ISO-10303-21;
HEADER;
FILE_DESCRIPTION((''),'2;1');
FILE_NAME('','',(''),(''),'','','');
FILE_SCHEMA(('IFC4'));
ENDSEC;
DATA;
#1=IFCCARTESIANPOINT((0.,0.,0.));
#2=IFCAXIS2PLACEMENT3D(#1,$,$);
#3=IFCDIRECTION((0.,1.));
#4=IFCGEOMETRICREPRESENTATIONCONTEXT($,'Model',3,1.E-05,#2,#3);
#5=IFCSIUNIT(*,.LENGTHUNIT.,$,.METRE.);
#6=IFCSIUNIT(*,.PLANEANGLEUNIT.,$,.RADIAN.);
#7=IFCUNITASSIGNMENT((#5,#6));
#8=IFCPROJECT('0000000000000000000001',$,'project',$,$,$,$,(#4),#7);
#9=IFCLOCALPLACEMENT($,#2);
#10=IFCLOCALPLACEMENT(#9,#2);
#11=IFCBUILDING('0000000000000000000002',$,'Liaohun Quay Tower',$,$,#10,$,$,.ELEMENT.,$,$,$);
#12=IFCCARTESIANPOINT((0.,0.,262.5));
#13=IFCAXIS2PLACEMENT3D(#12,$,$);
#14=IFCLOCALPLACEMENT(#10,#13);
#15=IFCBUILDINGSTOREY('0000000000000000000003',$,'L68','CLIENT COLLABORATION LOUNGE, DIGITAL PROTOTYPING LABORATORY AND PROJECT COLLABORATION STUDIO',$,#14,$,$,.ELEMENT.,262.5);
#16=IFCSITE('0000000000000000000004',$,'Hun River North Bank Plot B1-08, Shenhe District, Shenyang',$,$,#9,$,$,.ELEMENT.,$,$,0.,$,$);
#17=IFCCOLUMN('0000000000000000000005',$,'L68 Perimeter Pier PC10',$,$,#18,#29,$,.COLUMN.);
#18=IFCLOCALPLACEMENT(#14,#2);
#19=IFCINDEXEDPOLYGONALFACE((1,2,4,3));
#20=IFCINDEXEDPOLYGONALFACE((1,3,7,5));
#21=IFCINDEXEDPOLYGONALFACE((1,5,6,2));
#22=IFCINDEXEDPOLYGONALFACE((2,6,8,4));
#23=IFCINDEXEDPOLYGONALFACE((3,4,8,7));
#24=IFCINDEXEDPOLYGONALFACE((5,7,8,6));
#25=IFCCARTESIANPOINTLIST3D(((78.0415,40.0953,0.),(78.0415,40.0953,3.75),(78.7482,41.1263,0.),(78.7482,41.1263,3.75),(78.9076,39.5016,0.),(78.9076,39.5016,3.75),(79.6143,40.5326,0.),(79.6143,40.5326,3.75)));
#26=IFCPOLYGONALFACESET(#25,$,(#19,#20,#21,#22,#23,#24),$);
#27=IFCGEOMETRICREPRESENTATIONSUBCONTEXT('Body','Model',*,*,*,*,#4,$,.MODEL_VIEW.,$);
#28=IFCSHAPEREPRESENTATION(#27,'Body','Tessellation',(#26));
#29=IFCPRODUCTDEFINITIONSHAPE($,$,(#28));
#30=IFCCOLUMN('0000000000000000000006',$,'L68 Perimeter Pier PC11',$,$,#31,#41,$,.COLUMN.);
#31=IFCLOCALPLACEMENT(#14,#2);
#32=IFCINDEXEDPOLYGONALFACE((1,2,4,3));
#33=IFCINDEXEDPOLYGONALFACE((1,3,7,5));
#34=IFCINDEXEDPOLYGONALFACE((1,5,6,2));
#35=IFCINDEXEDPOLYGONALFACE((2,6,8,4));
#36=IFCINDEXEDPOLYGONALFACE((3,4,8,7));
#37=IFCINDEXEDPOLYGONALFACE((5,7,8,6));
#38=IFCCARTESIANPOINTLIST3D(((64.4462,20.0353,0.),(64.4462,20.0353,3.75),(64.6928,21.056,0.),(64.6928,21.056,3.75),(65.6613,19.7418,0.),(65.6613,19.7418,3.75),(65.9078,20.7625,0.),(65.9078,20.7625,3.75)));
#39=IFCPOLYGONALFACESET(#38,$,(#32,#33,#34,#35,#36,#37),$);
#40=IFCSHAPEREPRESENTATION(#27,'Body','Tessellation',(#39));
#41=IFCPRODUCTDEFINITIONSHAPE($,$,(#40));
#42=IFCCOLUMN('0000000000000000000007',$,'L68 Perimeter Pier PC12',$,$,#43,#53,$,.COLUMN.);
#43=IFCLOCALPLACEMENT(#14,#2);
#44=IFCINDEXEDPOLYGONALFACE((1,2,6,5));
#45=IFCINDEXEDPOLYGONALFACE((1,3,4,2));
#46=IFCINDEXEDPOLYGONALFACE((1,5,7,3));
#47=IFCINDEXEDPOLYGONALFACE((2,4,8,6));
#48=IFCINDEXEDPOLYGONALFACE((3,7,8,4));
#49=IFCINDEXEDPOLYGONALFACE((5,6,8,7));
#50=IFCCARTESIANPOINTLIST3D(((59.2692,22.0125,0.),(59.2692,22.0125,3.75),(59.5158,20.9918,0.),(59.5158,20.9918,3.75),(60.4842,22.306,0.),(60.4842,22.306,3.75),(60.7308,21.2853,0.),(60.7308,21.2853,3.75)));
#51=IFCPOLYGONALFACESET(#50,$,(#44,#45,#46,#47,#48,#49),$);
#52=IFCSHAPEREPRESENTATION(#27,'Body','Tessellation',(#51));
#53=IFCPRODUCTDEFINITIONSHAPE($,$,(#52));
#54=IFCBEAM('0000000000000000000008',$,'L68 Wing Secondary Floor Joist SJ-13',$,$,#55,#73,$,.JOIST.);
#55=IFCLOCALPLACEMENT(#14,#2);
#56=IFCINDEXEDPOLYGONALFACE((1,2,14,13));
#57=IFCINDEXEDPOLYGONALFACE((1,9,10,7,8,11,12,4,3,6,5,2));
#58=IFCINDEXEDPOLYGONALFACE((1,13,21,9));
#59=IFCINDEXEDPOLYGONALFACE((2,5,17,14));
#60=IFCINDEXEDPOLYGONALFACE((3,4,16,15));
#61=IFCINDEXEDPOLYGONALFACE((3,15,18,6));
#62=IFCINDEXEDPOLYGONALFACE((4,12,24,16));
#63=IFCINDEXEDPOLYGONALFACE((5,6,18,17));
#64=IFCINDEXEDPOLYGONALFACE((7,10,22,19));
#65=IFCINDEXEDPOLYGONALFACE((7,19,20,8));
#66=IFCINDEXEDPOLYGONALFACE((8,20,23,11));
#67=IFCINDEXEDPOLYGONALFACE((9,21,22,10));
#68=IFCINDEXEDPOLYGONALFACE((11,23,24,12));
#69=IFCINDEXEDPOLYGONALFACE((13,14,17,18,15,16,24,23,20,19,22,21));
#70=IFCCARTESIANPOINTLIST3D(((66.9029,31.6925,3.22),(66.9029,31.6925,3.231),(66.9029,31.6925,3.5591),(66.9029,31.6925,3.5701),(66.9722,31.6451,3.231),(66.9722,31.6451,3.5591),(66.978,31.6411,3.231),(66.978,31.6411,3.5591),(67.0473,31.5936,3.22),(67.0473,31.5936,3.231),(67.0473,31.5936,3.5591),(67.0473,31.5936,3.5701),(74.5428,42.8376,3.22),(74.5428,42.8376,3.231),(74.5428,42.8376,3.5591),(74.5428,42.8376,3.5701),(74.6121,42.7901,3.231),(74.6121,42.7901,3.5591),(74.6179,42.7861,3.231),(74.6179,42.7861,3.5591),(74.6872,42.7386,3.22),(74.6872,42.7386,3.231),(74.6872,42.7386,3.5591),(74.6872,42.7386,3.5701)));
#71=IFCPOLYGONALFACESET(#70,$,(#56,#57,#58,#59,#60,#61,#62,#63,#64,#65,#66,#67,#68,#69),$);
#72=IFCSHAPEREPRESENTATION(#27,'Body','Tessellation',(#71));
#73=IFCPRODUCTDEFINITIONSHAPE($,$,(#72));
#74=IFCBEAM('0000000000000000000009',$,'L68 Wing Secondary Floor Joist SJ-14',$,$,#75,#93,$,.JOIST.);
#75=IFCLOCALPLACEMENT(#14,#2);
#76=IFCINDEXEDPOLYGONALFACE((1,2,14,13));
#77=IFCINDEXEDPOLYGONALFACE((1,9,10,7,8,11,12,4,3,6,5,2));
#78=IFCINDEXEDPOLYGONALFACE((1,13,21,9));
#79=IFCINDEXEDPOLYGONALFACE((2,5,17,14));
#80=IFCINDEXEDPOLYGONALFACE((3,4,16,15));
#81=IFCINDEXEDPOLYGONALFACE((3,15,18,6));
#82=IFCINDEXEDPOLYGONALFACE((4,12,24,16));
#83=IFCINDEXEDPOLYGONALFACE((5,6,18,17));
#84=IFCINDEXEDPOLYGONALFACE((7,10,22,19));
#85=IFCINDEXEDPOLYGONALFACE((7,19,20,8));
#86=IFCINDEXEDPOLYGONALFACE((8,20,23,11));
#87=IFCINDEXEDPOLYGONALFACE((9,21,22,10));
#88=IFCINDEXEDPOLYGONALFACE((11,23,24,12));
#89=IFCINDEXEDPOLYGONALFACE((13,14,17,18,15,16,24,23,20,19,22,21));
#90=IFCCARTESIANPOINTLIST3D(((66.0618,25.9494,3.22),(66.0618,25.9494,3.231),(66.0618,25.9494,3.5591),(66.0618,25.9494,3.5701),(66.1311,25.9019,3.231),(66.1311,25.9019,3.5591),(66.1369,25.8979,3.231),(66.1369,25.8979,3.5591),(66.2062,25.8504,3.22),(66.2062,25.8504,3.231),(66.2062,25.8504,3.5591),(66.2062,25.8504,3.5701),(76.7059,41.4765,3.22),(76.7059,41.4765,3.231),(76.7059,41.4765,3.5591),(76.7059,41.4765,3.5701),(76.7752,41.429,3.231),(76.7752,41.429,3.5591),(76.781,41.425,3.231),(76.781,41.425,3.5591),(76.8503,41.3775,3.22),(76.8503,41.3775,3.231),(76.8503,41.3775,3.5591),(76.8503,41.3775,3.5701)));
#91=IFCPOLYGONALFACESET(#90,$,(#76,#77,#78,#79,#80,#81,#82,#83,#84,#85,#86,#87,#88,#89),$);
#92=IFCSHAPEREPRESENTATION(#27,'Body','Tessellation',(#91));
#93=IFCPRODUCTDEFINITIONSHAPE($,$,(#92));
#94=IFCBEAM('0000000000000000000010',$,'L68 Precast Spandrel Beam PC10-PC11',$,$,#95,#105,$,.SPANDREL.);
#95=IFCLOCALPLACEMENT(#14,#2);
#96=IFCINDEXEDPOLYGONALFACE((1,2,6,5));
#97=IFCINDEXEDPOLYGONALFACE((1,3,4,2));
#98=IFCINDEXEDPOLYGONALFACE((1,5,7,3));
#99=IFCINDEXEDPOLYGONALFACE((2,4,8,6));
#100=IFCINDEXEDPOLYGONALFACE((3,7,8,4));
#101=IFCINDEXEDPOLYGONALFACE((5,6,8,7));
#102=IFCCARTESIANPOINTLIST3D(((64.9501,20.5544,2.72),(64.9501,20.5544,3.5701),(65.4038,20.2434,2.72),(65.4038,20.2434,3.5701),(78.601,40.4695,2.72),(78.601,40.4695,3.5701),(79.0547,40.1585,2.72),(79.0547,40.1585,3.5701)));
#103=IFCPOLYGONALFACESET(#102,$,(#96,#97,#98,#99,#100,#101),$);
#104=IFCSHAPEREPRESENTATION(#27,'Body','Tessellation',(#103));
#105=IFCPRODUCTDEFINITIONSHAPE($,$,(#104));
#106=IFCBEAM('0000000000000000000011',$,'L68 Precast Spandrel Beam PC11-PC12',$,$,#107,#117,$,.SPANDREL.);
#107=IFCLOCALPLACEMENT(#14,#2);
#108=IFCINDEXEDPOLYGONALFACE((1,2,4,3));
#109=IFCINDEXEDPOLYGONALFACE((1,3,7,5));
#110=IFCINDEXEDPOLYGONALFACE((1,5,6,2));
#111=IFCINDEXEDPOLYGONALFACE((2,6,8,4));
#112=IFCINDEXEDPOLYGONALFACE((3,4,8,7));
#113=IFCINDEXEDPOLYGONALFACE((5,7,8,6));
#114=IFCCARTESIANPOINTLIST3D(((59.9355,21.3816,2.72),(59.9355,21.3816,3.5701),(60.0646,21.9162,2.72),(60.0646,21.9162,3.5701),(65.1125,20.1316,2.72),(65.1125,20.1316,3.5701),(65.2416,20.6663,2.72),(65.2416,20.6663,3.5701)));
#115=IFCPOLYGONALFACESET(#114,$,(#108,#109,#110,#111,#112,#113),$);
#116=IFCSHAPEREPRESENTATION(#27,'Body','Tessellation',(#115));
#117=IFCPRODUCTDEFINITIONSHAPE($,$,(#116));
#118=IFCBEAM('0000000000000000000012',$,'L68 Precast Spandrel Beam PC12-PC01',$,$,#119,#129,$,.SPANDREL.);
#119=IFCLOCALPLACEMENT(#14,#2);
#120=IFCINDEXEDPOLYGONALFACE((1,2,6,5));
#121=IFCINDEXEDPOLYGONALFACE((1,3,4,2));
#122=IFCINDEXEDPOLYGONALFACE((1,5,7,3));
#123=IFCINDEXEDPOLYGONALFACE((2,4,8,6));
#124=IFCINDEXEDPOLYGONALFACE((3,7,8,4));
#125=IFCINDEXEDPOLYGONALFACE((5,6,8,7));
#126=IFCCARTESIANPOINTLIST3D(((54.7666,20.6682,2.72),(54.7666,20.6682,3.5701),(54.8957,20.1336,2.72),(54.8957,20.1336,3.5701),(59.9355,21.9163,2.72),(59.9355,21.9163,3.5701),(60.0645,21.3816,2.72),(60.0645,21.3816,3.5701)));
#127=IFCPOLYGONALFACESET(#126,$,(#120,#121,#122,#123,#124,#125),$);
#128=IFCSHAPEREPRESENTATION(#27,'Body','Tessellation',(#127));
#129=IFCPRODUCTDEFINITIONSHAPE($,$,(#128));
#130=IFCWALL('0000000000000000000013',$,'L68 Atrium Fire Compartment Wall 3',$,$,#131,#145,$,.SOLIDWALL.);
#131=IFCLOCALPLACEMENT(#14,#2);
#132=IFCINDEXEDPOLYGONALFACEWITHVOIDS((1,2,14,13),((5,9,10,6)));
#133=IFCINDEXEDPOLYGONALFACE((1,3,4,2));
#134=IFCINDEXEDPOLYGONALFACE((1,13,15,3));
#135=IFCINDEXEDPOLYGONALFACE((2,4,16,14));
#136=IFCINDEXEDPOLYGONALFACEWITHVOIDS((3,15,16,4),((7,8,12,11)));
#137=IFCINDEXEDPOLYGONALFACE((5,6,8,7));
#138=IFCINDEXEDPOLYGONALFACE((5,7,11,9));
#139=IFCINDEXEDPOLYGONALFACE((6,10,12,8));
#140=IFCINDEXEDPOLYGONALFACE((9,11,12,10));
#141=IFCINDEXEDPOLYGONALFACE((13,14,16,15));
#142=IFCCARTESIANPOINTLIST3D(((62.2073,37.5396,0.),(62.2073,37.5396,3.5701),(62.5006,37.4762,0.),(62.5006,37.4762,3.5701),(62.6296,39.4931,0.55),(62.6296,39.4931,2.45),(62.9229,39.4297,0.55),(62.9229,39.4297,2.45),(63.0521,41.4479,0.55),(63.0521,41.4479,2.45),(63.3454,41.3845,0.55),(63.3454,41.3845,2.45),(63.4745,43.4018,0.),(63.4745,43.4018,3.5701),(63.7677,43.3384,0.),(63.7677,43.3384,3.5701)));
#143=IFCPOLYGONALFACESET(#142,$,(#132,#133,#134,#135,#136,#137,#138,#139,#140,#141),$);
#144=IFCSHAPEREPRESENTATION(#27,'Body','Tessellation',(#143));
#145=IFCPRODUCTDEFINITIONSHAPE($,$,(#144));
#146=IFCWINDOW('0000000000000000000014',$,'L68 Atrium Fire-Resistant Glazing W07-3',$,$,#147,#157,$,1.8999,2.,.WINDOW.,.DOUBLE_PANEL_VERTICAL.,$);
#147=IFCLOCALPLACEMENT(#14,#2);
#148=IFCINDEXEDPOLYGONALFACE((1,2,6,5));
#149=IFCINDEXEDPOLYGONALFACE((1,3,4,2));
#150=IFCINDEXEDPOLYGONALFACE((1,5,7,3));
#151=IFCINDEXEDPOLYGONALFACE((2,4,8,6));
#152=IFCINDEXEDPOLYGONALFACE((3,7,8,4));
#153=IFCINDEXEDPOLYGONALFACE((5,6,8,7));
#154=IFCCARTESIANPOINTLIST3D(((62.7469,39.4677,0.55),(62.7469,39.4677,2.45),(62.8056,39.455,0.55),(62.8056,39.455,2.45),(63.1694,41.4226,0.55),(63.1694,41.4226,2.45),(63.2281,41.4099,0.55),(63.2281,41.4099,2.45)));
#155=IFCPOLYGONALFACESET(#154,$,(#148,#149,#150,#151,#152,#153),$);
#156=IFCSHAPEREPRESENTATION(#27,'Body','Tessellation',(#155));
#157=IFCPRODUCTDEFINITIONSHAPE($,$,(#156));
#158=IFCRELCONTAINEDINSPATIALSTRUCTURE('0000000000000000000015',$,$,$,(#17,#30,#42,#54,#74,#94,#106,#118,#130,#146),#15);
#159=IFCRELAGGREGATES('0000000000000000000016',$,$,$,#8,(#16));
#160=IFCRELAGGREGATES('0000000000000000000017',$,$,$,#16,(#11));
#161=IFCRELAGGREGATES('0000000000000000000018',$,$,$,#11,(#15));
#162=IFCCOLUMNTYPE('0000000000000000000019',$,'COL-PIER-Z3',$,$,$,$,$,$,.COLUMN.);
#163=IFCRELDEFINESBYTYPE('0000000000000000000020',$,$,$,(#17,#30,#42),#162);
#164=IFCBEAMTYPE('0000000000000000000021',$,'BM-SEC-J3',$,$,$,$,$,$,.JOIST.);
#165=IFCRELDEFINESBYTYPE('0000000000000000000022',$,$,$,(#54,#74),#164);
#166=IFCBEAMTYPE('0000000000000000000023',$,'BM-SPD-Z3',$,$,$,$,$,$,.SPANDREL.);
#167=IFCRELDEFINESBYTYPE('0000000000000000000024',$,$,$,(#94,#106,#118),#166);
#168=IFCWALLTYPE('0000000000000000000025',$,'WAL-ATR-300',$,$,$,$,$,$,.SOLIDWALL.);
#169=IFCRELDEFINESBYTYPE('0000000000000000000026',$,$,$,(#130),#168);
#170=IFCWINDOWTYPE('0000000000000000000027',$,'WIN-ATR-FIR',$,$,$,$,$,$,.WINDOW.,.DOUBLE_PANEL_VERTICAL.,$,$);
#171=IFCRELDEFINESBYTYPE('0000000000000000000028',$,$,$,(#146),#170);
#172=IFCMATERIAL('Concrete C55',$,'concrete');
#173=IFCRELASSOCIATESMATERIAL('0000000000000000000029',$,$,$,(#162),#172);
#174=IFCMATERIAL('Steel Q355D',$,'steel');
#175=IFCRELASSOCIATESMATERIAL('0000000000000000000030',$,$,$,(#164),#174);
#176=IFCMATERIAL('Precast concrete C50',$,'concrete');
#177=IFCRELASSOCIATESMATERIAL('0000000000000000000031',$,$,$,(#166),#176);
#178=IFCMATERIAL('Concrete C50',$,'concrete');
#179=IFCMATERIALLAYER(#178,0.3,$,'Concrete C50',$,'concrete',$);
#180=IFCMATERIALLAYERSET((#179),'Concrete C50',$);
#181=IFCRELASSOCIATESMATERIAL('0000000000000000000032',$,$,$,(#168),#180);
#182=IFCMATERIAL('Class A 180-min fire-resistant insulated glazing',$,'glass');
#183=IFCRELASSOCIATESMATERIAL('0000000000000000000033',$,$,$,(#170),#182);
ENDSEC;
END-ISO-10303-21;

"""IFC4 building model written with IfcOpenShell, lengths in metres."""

from ifc_helpers import new_model, si_unit, direction, frame, frame_2d, origin, origin_2d, place, context, subcontext, project, spatial, rectangle, i_section, extrude, source, transform, mapped, material, layer, layer_set, material_profile, profile_set, type_object, element, fill, save


model = new_model("IFC4")

# Units and contexts
model_context = context("Model", 3, precision=1e-05, world=origin(), true_north=direction((0.0, 1.0)))
body_context = subcontext(model_context, "Body", "Model", "MODEL_VIEW")
ifc_project = project(units=[si_unit("LENGTHUNIT", "METRE"), si_unit("PLANEANGLEUNIT", "RADIAN")], contexts=[model_context])

# Site, building, storey
site_placement = place(None, origin())
site = spatial("IfcSite", under=ifc_project, at=site_placement, Name="Hun River North Bank Plot B1-08, Shenhe District, Shenyang", CompositionType="ELEMENT", RefElevation=0.0)
building_placement = place(site_placement, origin())
building = spatial("IfcBuilding", under=site, at=building_placement, Name="Liaohun Quay Tower", CompositionType="ELEMENT")
storey_placement = place(building_placement, frame((0.0, 0.0, 262.5)))
storey = spatial("IfcBuildingStorey", under=building, at=storey_placement, Name="L68", Description="CLIENT COLLABORATION LOUNGE, DIGITAL PROTOTYPING LABORATORY AND PROJECT COLLABORATION STUDIO", CompositionType="ELEMENT", Elevation=262.5)

# Columns
ifc_material_1 = material(Name="Concrete C55", Category="concrete")
ifc_material_profile_1 = material_profile(ifc_material_1, rectangle(XDim=1.25, YDim=1.05, at=origin_2d()), Name="RC1250x1050")
ifc_profile_set_1 = profile_set([ifc_material_profile_1], Name="Concrete C55")
column_type = type_object("IfcColumnType", Name="COL-PIER-Z3", PredefinedType="COLUMN", material=ifc_profile_set_1)
shared_shape_1 = source(origin(), body_context, "Body", "SweptSolid", [
    extrude(rectangle(XDim=1.25, YDim=1.05, at=origin_2d()), origin(), (0.0, 0.0, 1.0), 3.75),
])
for number, where, z_axis, x_axis, name in (
    (1, (78.8279, 40.314, 0.0), (0.0, 0.0, 1.0), (0.565399, 0.824818, 0.0), "L68 Perimeter Pier PC10"),
    (2, (65.177, 20.3989, 0.0), (0.0, 0.0, 1.0), (-0.972043, 0.234803, 0.0), "L68 Perimeter Pier PC11"),
    (3, (60.0, 21.6489, 0.0), (0.0, 0.0, 1.0), (0.972043, 0.234803, 0.0), "L68 Perimeter Pier PC12"),
):
    element("IfcColumn", number, at=place(storey_placement, frame(where, z_axis=z_axis, x_axis=x_axis)), inside=storey, type_object=column_type, Name=name, PredefinedType="COLUMN", context=body_context, shape_type="MappedRepresentation", body=[
        mapped(shared_shape_1, transform((0.0, 0.0, 0.0), x_axis=(1.0, 0.0, 0.0), y_axis=(0.0, 1.0, 0.0), z_axis=(0.0, 0.0, 1.0), scale=1.0)),
    ])

# Beams
ifc_material_2 = material(Name="Steel Q355D", Category="steel")
ifc_material_profile_2 = material_profile(ifc_material_2, i_section(OverallWidth=0.175, OverallDepth=0.3501, WebThickness=0.0071, FlangeThickness=0.011, at=origin_2d()), Name="HN350x175x7x11")
ifc_profile_set_2 = profile_set([ifc_material_profile_2], Name="Steel Q355D")
beam_type_1 = type_object("IfcBeamType", Name="BM-SEC-J3", PredefinedType="JOIST", material=ifc_profile_set_2)
shared_shape_2 = source(origin(), body_context, "Body", "SweptSolid", [
    extrude(i_section(OverallWidth=0.175, OverallDepth=0.3501, WebThickness=0.0071, FlangeThickness=0.011, at=origin_2d()), origin(), (0.0, 0.0, 1.0), 13.5122),
])
beam_1_placement = place(storey_placement, frame((74.615, 42.7881, 3.395), z_axis=(-0.565407, -0.824812, 0.0), x_axis=(0.824812, -0.565407, 0.0)))
element("IfcBeam", 4, at=beam_1_placement, inside=storey, type_object=beam_type_1, Name="L68 Wing Secondary Floor Joist SJ-13", PredefinedType="JOIST", context=body_context, shape_type="MappedRepresentation", body=[
    mapped(shared_shape_2, transform((0.0, 0.0, 0.0), x_axis=(1.0, 0.0, 0.0), y_axis=(0.0, 1.0, 0.0), z_axis=(0.0, 0.0, 1.0), scale=1.0)),
])
shared_shape_3 = source(origin(), body_context, "Body", "SweptSolid", [
    extrude(i_section(OverallWidth=0.175, OverallDepth=0.3501, WebThickness=0.0071, FlangeThickness=0.011, at=origin_2d()), origin(), (0.0, 0.0, 1.0), 18.8252),
])
beam_2_placement = place(storey_placement, frame((76.7781, 41.427, 3.395), z_axis=(-0.565416, -0.824806, 0.0), x_axis=(0.824806, -0.565416, 0.0)))
element("IfcBeam", 5, at=beam_2_placement, inside=storey, type_object=beam_type_1, Name="L68 Wing Secondary Floor Joist SJ-14", PredefinedType="JOIST", context=body_context, shape_type="MappedRepresentation", body=[
    mapped(shared_shape_3, transform((0.0, 0.0, 0.0), x_axis=(1.0, 0.0, 0.0), y_axis=(0.0, 1.0, 0.0), z_axis=(0.0, 0.0, 1.0), scale=1.0)),
])
ifc_material_3 = material(Name="Precast concrete C50", Category="concrete")
ifc_material_profile_3 = material_profile(ifc_material_3, rectangle(XDim=0.55, YDim=0.8501, at=origin_2d()), Name="RC550x850")
ifc_profile_set_3 = profile_set([ifc_material_profile_3], Name="Precast concrete C50")
beam_type_2 = type_object("IfcBeamType", Name="BM-SPD-Z3", PredefinedType="SPANDREL", material=ifc_profile_set_3)
shared_shape_4 = source(origin(), body_context, "Body", "SweptSolid", [
    extrude(rectangle(XDim=0.55, YDim=0.8501, at=origin_2d()), origin(), (0.0, 0.0, 1.0), 24.1445),
])
beam_3_placement = place(storey_placement, frame((78.8279, 40.314, 3.145), z_axis=(-0.565383, -0.824828, 0.0), x_axis=(0.824828, -0.565383, 0.0)))
element("IfcBeam", 6, at=beam_3_placement, inside=storey, type_object=beam_type_2, Name="L68 Precast Spandrel Beam PC10-PC11", PredefinedType="SPANDREL", context=body_context, shape_type="MappedRepresentation", body=[
    mapped(shared_shape_4, transform((0.0, 0.0, 0.0), x_axis=(1.0, 0.0, 0.0), y_axis=(0.0, 1.0, 0.0), z_axis=(0.0, 0.0, 1.0), scale=1.0)),
])
shared_shape_5 = source(origin(), body_context, "Body", "SweptSolid", [
    extrude(rectangle(XDim=0.55, YDim=0.8501, at=origin_2d()), origin(), (0.0, 0.0, 1.0), 5.3257),
])
beam_4_placement = place(storey_placement, frame((65.177, 20.3989, 3.145), z_axis=(-0.972066, 0.234708, 0.0), x_axis=(-0.234708, -0.972066, 0.0)))
element("IfcBeam", 7, at=beam_4_placement, inside=storey, type_object=beam_type_2, Name="L68 Precast Spandrel Beam PC11-PC12", PredefinedType="SPANDREL", context=body_context, shape_type="MappedRepresentation", body=[
    mapped(shared_shape_5, transform((0.0, 0.0, 0.0), x_axis=(1.0, 0.0, 0.0), y_axis=(0.0, 1.0, 0.0), z_axis=(0.0, 0.0, 1.0), scale=1.0)),
])
shared_shape_6 = source(origin(), body_context, "Body", "SweptSolid", [
    extrude(rectangle(XDim=0.55, YDim=0.8501, at=origin_2d()), origin(), (0.0, 0.0, 1.0), 5.3174),
])
beam_5_placement = place(storey_placement, frame((60.0, 21.6489, 3.145), z_axis=(-0.972066, -0.234706, 0.0), x_axis=(0.234706, -0.972066, 0.0)))
element("IfcBeam", 8, at=beam_5_placement, inside=storey, type_object=beam_type_2, Name="L68 Precast Spandrel Beam PC12-PC01", PredefinedType="SPANDREL", context=body_context, shape_type="MappedRepresentation", body=[
    mapped(shared_shape_6, transform((0.0, 0.0, 0.0), x_axis=(1.0, 0.0, 0.0), y_axis=(0.0, 1.0, 0.0), z_axis=(0.0, 0.0, 1.0), scale=1.0)),
])

# Wall, opening, window
ifc_material_4 = material(Name="Concrete C50", Category="concrete")
ifc_layer_1 = layer(ifc_material_4, 0.3, Name="Concrete C50", Category="concrete")
ifc_layer_set_1 = layer_set([ifc_layer_1], Name="Concrete C50")
wall_type_1 = type_object("IfcWallType", Name="WAL-ATR-300", PredefinedType="SOLIDWALL", material=ifc_layer_set_1)
wall_1_placement = place(storey_placement, frame((63.6211, 43.3701, 0.0), z_axis=(0.0, 0.0, 1.0), x_axis=(-0.211272, -0.977427, 0.0)))
wall_1 = element("IfcWall", 9, at=wall_1_placement, inside=storey, type_object=wall_type_1, Name="L68 Atrium Fire Compartment Wall 3", PredefinedType="SOLIDWALL", context=body_context, shape_type="SweptSolid", body=[
    extrude(rectangle(XDim=5.9976, YDim=0.3, at=frame_2d((2.9988, 0.0))), origin(), (0.0, 0.0, 1.0), 3.5701),
])
shared_shape_7 = source(origin(), body_context, "Body", "SweptSolid", [
    extrude(rectangle(XDim=2.0, YDim=1.8999, at=frame_2d((1.0, 0.95))), frame((0.0, 0.1599, 0.0), z_axis=(0.0, -1.0, 0.0), x_axis=(1.0, 0.0, 0.0)), (0.0, 0.0, 1.0), 0.3201),
])
opening_1_placement = place(wall_1_placement, frame((1.999, 0.0, 0.55)))
opening_1 = element("IfcOpeningElement", 10, at=opening_1_placement, cuts=wall_1, PredefinedType="OPENING", context=body_context, shape_type="MappedRepresentation", body=[
    mapped(shared_shape_7, transform((0.0, 0.0, 0.0), x_axis=(1.0, 0.0, 0.0), y_axis=(0.0, 1.0, 0.0), z_axis=(0.0, 0.0, 1.0), scale=1.0)),
])
ifc_material_5 = material(Name="Class A 180-min fire-resistant insulated glazing", Category="glass")
window_type_1 = type_object("IfcWindowType", Name="WIN-ATR-FIR", PartitioningType="DOUBLE_PANEL_VERTICAL", PredefinedType="WINDOW", material=ifc_material_5)
shared_shape_8 = source(origin(), body_context, "Body", "SweptSolid", [
    extrude(rectangle(XDim=2.0, YDim=1.8999, at=frame_2d((1.0, 0.95))), frame((0.0, 0.03, 0.0), z_axis=(0.0, -1.0, 0.0), x_axis=(1.0, 0.0, 0.0)), (0.0, 0.0, 1.0), 0.0601),
])
window_1_placement = place(opening_1_placement, origin())
window_1 = element("IfcWindow", 11, at=window_1_placement, inside=storey, type_object=window_type_1, Name="L68 Atrium Fire-Resistant Glazing W07-3", OverallHeight=1.8999, OverallWidth=2.0, PartitioningType="DOUBLE_PANEL_VERTICAL", PredefinedType="WINDOW", context=body_context, shape_type="MappedRepresentation", body=[
    mapped(shared_shape_8, transform((0.0, 0.0, 0.0), x_axis=(1.0, 0.0, 0.0), y_axis=(0.0, 1.0, 0.0), z_axis=(0.0, 0.0, 1.0), scale=1.0)),
])
fill(opening_1, window_1)

save(model, "model.ifc")
